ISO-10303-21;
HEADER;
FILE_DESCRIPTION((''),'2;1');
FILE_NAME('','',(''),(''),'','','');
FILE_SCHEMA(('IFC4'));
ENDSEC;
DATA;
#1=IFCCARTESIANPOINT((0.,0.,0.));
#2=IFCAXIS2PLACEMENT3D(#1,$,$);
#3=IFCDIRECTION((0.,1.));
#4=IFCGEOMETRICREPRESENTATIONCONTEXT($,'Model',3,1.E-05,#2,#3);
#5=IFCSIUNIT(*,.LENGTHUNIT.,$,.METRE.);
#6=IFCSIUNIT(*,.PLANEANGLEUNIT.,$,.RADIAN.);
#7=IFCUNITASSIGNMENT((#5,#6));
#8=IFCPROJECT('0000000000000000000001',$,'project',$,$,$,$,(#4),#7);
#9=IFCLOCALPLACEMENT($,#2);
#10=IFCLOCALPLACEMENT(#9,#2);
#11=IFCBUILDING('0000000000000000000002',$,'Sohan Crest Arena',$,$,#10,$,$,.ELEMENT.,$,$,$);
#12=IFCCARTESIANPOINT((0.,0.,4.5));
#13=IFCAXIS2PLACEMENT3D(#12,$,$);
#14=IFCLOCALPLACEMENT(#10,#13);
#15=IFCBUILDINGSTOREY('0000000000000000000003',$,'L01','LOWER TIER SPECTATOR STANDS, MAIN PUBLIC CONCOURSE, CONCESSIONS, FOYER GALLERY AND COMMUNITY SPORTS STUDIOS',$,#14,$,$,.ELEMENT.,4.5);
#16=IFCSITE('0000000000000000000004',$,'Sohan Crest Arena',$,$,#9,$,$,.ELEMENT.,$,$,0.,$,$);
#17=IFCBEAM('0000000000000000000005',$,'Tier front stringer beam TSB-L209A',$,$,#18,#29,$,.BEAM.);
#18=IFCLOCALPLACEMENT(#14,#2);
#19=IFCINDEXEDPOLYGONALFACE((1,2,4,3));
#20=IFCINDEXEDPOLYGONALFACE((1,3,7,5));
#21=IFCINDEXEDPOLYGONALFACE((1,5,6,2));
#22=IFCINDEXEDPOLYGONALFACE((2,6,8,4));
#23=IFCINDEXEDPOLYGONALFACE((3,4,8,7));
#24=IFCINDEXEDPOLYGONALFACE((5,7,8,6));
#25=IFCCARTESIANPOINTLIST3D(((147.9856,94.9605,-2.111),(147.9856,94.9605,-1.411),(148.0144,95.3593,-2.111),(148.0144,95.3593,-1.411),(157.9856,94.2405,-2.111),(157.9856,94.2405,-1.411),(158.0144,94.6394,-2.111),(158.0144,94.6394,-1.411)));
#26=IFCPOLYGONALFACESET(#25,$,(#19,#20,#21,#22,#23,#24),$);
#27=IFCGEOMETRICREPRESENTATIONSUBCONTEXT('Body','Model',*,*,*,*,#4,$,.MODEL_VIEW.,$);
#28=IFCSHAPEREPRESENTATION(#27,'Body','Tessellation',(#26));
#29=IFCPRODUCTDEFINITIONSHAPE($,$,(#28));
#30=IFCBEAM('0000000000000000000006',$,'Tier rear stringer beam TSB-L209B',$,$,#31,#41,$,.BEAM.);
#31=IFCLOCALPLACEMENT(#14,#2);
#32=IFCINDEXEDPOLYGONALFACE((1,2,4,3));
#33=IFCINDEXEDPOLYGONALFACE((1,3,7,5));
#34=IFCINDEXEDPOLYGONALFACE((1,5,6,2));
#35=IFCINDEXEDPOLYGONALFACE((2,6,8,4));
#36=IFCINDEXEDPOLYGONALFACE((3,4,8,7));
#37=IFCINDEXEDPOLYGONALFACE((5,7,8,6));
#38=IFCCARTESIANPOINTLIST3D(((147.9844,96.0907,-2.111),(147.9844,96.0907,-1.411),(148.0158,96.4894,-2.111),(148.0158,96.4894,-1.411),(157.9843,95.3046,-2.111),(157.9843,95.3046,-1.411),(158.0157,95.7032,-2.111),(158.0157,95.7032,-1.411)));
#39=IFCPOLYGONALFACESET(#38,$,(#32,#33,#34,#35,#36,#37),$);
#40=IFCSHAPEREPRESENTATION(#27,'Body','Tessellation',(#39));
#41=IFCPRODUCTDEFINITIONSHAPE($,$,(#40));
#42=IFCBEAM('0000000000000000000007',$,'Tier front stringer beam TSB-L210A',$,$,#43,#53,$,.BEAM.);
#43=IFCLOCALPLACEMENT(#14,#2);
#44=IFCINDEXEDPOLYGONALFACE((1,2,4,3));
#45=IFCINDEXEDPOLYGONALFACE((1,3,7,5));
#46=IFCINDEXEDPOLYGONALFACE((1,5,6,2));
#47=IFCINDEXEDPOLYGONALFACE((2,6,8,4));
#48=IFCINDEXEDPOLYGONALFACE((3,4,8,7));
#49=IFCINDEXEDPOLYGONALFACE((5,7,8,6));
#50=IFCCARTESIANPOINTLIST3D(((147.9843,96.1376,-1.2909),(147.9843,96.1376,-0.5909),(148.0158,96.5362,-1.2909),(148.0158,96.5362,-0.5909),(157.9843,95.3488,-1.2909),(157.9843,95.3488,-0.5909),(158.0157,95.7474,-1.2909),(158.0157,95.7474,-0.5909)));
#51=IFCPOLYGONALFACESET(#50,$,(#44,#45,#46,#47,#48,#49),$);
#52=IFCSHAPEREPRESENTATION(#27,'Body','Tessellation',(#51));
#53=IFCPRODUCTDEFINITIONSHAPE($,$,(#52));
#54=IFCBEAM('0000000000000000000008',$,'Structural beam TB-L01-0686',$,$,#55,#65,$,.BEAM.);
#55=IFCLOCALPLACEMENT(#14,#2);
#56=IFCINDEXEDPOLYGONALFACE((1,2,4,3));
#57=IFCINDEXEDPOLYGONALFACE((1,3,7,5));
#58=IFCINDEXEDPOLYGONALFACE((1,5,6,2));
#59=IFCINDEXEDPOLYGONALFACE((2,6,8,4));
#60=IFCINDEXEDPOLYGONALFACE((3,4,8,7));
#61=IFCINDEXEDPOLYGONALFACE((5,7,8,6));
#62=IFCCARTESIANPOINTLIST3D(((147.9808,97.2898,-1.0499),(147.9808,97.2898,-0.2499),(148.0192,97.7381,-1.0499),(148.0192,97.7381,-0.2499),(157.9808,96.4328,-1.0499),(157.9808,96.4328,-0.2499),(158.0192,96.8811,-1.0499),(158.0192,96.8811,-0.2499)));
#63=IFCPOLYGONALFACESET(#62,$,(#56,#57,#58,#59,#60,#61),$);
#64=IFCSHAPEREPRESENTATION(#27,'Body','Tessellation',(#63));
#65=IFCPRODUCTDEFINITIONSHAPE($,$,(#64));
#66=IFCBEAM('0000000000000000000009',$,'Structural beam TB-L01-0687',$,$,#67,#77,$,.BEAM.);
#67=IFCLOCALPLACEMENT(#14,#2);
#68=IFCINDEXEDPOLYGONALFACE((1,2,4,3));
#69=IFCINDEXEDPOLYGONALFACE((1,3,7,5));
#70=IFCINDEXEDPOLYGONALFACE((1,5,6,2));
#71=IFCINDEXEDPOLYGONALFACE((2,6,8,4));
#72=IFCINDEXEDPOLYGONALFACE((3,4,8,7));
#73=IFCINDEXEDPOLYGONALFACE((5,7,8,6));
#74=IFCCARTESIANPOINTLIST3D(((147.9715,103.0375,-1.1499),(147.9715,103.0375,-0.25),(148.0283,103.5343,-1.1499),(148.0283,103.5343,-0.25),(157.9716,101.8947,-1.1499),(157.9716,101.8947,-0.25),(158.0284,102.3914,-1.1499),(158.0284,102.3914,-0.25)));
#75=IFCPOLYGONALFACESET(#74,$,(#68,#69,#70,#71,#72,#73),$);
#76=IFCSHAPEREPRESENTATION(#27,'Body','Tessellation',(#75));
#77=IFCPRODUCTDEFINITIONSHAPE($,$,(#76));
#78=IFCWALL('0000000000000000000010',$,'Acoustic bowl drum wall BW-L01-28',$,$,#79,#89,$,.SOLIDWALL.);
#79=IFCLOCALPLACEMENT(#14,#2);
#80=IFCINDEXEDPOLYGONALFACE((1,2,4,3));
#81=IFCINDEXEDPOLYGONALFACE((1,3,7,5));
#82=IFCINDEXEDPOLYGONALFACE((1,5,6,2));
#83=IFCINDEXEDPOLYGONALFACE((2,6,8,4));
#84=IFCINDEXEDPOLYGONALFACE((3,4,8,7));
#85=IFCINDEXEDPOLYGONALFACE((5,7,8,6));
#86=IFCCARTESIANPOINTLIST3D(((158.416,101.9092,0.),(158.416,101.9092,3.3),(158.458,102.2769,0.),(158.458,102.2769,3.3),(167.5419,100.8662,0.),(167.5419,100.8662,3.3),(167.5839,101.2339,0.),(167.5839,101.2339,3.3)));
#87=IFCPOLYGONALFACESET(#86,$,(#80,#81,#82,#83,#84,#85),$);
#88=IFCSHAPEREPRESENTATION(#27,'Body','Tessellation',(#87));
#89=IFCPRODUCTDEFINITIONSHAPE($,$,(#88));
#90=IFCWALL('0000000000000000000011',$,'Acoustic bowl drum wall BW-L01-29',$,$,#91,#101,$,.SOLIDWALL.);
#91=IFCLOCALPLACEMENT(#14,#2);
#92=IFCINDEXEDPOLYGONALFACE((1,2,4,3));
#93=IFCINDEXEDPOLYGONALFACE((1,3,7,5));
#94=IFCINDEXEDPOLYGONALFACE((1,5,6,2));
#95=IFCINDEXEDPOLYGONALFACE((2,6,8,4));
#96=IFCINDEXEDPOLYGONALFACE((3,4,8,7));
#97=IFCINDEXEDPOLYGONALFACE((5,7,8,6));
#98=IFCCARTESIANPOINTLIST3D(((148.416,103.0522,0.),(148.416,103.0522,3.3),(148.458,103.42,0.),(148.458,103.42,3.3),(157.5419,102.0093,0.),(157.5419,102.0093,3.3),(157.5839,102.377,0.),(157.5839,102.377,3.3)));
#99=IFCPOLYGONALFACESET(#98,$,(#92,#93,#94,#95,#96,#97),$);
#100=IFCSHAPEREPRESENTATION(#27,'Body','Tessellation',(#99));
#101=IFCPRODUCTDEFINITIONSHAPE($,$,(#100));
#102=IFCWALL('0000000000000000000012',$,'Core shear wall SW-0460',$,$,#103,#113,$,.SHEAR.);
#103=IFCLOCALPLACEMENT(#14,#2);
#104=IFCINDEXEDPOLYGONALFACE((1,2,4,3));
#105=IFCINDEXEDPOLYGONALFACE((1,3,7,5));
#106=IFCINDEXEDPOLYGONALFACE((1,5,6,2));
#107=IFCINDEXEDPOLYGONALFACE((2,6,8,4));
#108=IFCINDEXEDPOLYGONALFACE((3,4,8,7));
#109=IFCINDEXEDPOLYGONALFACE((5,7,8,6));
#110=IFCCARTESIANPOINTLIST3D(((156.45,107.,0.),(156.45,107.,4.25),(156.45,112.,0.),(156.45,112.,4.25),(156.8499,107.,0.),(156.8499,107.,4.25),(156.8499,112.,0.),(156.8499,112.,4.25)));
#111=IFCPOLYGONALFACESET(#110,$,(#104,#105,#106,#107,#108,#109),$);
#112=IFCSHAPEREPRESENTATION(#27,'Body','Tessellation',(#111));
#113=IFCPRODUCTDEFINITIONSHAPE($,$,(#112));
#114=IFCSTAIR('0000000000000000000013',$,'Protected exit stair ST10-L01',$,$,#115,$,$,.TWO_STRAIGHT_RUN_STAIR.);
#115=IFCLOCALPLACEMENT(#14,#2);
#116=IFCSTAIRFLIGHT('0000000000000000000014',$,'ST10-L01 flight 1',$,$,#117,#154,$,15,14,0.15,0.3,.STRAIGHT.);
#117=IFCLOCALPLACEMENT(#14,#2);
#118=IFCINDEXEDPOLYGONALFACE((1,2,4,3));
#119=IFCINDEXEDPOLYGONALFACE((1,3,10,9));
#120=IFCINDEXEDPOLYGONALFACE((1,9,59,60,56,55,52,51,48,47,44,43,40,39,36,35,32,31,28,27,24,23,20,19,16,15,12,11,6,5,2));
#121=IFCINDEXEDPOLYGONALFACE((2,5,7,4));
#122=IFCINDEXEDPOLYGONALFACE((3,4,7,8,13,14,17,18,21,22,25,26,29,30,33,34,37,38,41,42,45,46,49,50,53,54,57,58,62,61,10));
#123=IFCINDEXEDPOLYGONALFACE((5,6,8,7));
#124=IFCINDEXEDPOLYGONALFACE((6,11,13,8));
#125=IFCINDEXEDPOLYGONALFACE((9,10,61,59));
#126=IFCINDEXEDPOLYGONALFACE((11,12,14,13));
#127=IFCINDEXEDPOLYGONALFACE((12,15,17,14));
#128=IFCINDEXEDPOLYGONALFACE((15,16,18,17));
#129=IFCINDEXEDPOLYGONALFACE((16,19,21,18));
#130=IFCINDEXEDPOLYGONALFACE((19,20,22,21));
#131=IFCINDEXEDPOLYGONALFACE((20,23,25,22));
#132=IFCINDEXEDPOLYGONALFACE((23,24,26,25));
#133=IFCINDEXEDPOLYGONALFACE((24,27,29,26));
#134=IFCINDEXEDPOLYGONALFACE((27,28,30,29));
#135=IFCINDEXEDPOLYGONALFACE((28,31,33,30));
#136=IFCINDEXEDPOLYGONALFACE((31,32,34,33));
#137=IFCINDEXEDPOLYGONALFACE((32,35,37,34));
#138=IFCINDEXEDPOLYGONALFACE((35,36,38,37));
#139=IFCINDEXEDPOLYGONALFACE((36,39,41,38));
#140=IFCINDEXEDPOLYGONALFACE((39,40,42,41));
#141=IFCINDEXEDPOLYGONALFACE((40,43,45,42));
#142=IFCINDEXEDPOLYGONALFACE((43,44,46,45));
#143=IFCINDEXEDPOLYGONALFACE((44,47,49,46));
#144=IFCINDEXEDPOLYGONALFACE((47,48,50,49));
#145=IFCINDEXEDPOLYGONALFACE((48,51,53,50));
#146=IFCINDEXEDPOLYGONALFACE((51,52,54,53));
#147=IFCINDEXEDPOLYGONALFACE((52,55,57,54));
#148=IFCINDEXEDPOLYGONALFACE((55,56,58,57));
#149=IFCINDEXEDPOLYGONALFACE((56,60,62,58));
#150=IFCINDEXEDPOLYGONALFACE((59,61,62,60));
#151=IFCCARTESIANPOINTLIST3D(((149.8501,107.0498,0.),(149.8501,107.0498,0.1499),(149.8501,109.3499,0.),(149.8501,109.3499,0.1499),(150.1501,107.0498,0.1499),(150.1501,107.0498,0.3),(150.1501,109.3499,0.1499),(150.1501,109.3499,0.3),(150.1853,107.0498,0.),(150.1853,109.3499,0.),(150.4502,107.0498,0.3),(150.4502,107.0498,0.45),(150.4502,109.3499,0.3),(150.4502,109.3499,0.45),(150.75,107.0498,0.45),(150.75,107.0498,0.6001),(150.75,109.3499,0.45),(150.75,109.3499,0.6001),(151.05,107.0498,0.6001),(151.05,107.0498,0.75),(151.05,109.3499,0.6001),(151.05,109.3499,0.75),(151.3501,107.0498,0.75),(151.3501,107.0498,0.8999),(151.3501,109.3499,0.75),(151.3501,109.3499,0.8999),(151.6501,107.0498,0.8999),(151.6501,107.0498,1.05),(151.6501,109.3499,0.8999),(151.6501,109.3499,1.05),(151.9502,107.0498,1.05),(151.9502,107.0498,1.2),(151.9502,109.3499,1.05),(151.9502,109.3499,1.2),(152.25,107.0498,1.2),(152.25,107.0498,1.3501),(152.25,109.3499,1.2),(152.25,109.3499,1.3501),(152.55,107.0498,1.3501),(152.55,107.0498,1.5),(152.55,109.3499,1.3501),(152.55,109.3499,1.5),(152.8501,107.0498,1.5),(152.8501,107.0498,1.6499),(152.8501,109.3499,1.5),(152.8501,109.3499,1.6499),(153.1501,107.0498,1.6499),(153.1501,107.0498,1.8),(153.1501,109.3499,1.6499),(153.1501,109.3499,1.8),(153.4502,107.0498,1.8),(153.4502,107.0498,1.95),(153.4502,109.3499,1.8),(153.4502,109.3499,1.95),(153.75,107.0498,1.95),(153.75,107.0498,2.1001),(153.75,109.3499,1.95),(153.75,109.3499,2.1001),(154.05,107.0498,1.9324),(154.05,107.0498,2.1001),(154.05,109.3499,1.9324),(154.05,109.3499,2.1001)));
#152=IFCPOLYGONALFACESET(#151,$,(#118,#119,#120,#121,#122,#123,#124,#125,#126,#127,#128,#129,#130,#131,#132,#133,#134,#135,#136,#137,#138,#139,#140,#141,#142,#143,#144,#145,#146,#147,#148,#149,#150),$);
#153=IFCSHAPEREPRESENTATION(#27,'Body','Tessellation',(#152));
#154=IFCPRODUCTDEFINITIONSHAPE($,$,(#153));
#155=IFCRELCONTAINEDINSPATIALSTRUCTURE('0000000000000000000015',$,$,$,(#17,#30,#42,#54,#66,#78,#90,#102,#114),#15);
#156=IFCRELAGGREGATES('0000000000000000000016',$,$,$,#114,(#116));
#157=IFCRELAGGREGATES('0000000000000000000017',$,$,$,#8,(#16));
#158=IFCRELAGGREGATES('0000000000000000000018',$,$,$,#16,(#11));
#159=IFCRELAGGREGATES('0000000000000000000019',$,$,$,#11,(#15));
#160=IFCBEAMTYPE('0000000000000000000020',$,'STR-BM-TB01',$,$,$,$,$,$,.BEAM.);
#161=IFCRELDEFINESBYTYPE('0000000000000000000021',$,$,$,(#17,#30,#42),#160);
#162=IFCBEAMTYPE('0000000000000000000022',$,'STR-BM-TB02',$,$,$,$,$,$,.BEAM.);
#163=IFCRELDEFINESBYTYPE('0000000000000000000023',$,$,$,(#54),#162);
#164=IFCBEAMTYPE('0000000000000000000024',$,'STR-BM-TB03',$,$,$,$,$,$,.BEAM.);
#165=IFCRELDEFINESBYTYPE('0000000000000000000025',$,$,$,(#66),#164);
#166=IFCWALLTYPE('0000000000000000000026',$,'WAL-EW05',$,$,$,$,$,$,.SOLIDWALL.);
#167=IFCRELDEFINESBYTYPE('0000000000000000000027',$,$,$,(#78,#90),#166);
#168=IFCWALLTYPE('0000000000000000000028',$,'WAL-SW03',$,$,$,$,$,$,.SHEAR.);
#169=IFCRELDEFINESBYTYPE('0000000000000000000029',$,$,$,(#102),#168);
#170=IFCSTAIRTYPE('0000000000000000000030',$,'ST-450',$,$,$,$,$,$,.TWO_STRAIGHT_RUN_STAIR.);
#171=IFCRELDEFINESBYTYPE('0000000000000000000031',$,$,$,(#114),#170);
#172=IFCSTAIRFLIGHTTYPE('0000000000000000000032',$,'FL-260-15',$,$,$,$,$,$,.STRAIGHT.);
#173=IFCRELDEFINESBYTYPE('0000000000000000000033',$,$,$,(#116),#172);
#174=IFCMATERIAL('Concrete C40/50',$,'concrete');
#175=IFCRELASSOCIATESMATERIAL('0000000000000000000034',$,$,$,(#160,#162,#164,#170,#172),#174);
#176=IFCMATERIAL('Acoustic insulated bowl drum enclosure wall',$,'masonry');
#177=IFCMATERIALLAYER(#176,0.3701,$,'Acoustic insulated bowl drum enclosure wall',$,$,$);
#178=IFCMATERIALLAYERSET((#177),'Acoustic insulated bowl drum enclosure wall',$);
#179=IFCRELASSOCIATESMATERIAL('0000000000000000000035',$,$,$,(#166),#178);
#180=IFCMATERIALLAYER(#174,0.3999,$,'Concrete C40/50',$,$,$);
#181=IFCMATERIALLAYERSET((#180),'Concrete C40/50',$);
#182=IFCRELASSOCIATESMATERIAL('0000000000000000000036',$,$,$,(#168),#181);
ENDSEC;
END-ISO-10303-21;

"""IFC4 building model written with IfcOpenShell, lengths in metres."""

from ifc_helpers import new_model, si_unit, direction, frame, frame_2d, origin, origin_2d, place, context, subcontext, project, spatial, polyline, rectangle, outline, extrude, material, layer, layer_set, material_profile, profile_set, type_object, element, aggregate, save


model = new_model("IFC4")

# Units and contexts
model_context = context("Model", 3, precision=1e-05, world=origin(), true_north=direction((0.0, 1.0)))
body_context = subcontext(model_context, "Body", "Model", "MODEL_VIEW")
ifc_project = project(units=[si_unit("LENGTHUNIT", "METRE"), si_unit("PLANEANGLEUNIT", "RADIAN")], contexts=[model_context])

# Site, building, storey
site_placement = place(None, origin())
site = spatial("IfcSite", under=ifc_project, at=site_placement, Name="Sohan Crest Arena", CompositionType="ELEMENT", RefElevation=0.0)
building_placement = place(site_placement, origin())
building = spatial("IfcBuilding", under=site, at=building_placement, Name="Sohan Crest Arena", CompositionType="ELEMENT")
storey_placement = place(building_placement, frame((0.0, 0.0, 4.5)))
storey = spatial("IfcBuildingStorey", under=building, at=storey_placement, Name="L01", Description="LOWER TIER SPECTATOR STANDS, MAIN PUBLIC CONCOURSE, CONCESSIONS, FOYER GALLERY AND COMMUNITY SPORTS STUDIOS", CompositionType="ELEMENT", Elevation=4.5)

# Shared definitions
ifc_material_1 = material(Name="Concrete C40/50", Category="concrete")

# Beams
ifc_material_profile_1 = material_profile(ifc_material_1, rectangle(XDim=0.3999, YDim=0.7, at=origin_2d()), Name="RC-BM 400x700")
ifc_profile_set_1 = profile_set([ifc_material_profile_1], Name="Concrete C40/50")
beam_type_1 = type_object("IfcBeamType", Name="STR-BM-TB01", PredefinedType="BEAM", material=ifc_profile_set_1)
beam_1_placement = place(storey_placement, frame((158.0, 94.4399, -1.761), z_axis=(-0.997418, 0.071811, 0.0), x_axis=(-0.071811, -0.997418, 0.0)))
element("IfcBeam", 1, at=beam_1_placement, inside=storey, type_object=beam_type_1, Name="Tier front stringer beam TSB-L209A", PredefinedType="BEAM", context=body_context, shape_type="SweptSolid", body=[
    extrude(rectangle(XDim=0.3999, YDim=0.7, at=origin_2d()), origin(), (0.0, 0.0, 1.0), 10.0259),
])
beam_2_placement = place(storey_placement, frame((158.0, 95.5039, -1.761), z_axis=(-0.996924, 0.078371, 0.0), x_axis=(-0.078371, -0.996924, 0.0)))
element("IfcBeam", 2, at=beam_2_placement, inside=storey, type_object=beam_type_1, Name="Tier rear stringer beam TSB-L209B", PredefinedType="BEAM", context=body_context, shape_type="SweptSolid", body=[
    extrude(rectangle(XDim=0.3999, YDim=0.7, at=origin_2d()), origin(), (0.0, 0.0, 1.0), 10.0308),
])
beam_3_placement = place(storey_placement, frame((158.0, 95.5481, -0.9409), z_axis=(-0.996903, 0.078638, 0.0), x_axis=(-0.078638, -0.996903, 0.0)))
element("IfcBeam", 3, at=beam_3_placement, inside=storey, type_object=beam_type_1, Name="Tier front stringer beam TSB-L210A", PredefinedType="BEAM", context=body_context, shape_type="SweptSolid", body=[
    extrude(rectangle(XDim=0.3999, YDim=0.7, at=origin_2d()), origin(), (0.0, 0.0, 1.0), 10.031),
])
ifc_material_profile_2 = material_profile(ifc_material_1, rectangle(XDim=0.45, YDim=0.8, at=origin_2d()), Name="RC-BM 450x800")
ifc_profile_set_2 = profile_set([ifc_material_profile_2], Name="Concrete C40/50")
beam_type_2 = type_object("IfcBeamType", Name="STR-BM-TB02", PredefinedType="BEAM", material=ifc_profile_set_2)
beam_4_placement = place(storey_placement, frame((158.0, 96.657, -0.6499), z_axis=(-0.996348, 0.08538, 0.0), x_axis=(-0.08538, -0.996348, 0.0)))
element("IfcBeam", 4, at=beam_4_placement, inside=storey, type_object=beam_type_2, Name="Structural beam TB-L01-0686", PredefinedType="BEAM", context=body_context, shape_type="SweptSolid", body=[
    extrude(rectangle(XDim=0.45, YDim=0.8, at=origin_2d()), origin(), (0.0, 0.0, 1.0), 10.0366),
])
ifc_material_profile_3 = material_profile(ifc_material_1, rectangle(XDim=0.5, YDim=0.8999, at=origin_2d()), Name="RC-BM 500x900")
ifc_profile_set_3 = profile_set([ifc_material_profile_3], Name="Concrete C40/50")
beam_type_3 = type_object("IfcBeamType", Name="STR-BM-TB03", PredefinedType="BEAM", material=ifc_profile_set_3)
beam_5_placement = place(storey_placement, frame((158.0, 102.1431, -0.7), z_axis=(-0.993533, 0.113543, 0.0), x_axis=(-0.113543, -0.993533, 0.0)))
element("IfcBeam", 5, at=beam_5_placement, inside=storey, type_object=beam_type_3, Name="Structural beam TB-L01-0687", PredefinedType="BEAM", context=body_context, shape_type="SweptSolid", body=[
    extrude(rectangle(XDim=0.5, YDim=0.8999, at=origin_2d()), origin(), (0.0, 0.0, 1.0), 10.0652),
])

# Walls
ifc_material_2 = material(Name="Acoustic insulated bowl drum enclosure wall", Category="masonry")
ifc_layer_1 = layer(ifc_material_2, 0.3701, Name="Acoustic insulated bowl drum enclosure wall")
ifc_layer_set_1 = layer_set([ifc_layer_1], Name="Acoustic insulated bowl drum enclosure wall")
wall_type_1 = type_object("IfcWallType", Name="WAL-EW05", PredefinedType="SOLIDWALL", material=ifc_layer_set_1)
for number, where, z_axis, x_axis, name in (
    (6, (167.563, 101.05, 0.0), (0.0, 0.0, 1.0), (-0.993533, 0.113547, 0.0), "Acoustic bowl drum wall BW-L01-28"),
    (7, (157.563, 102.1931, 0.0), (0.0, 0.0, 1.0), (-0.993533, 0.113547, 0.0), "Acoustic bowl drum wall BW-L01-29"),
):
    element("IfcWall", number, at=place(storey_placement, frame(where, z_axis=z_axis, x_axis=x_axis)), inside=storey, type_object=wall_type_1, Name=name, PredefinedType="SOLIDWALL", context=body_context, shape_type="SweptSolid", body=[
        extrude(rectangle(XDim=9.1853, YDim=0.3701, at=frame_2d((4.5928, 0.0))), origin(), (0.0, 0.0, 1.0), 3.3),
    ])
ifc_layer_2 = layer(ifc_material_1, 0.3999, Name="Concrete C40/50")
ifc_layer_set_2 = layer_set([ifc_layer_2], Name="Concrete C40/50")
wall_type_2 = type_object("IfcWallType", Name="WAL-SW03", PredefinedType="SHEAR", material=ifc_layer_set_2)
wall_placement = place(storey_placement, frame((156.6499, 107.0, 0.0), z_axis=(0.0, 0.0, 1.0), x_axis=(0.0, 1.0, 0.0)))
element("IfcWall", 8, at=wall_placement, inside=storey, type_object=wall_type_2, Name="Core shear wall SW-0460", PredefinedType="SHEAR", context=body_context, shape_type="SweptSolid", body=[
    extrude(rectangle(XDim=5.0, YDim=0.3999, at=frame_2d((2.5, 0.0))), origin(), (0.0, 0.0, 1.0), 4.25),
])

# Stair, stair flight
stair_type = type_object("IfcStairType", Name="ST-450", PredefinedType="TWO_STRAIGHT_RUN_STAIR", material=ifc_material_1)
stair_placement = place(storey_placement, origin())
stair = element("IfcStair", 9, at=stair_placement, inside=storey, type_object=stair_type, Name="Protected exit stair ST10-L01", PredefinedType="TWO_STRAIGHT_RUN_STAIR")
stair_flight_type = type_object("IfcStairFlightType", Name="FL-260-15", PredefinedType="STRAIGHT", material=ifc_material_1)
stair_flight_1_placement = place(storey_placement, frame((149.8501, 108.2, 0.0), z_axis=(0.0, 0.0, 1.0), x_axis=(1.0, 0.0, 0.0)))
stair_flight_1 = element("IfcStairFlight", 10, at=stair_flight_1_placement, type_object=stair_flight_type, Name="ST10-L01 flight 1", NumberOfRisers=15, NumberOfTreads=14, PredefinedType="STRAIGHT", RiserHeight=0.15, TreadLength=0.3, context=body_context, shape_type="SweptSolid", body=[
    extrude(outline(polyline([(0.0, 0.0), (0.0, 0.1499), (0.3, 0.1499), (0.3, 0.3), (0.6001, 0.3), (0.6001, 0.45), (0.8999, 0.45), (0.8999, 0.6001), (1.2, 0.6001), (1.2, 0.75), (1.5, 0.75), (1.5, 0.8999), (1.8, 0.8999), (1.8, 1.05), (2.1001, 1.05), (2.1001, 1.2), (2.3999, 1.2), (2.3999, 1.3501), (2.7, 1.3501), (2.7, 1.5), (3.0, 1.5), (3.0, 1.6499), (3.3, 1.6499), (3.3, 1.8), (3.6001, 1.8), (3.6001, 1.95), (3.8999, 1.95), (3.8999, 2.1001), (4.2, 2.1001), (4.2, 2.25), (4.2, 1.9324), (0.3352, 0.0), (0.0, 0.0)])), frame((0.0, 1.1499, 0.0), z_axis=(0.0, -1.0, 0.0), x_axis=(1.0, 0.0, 0.0)), (0.0, 0.0, 1.0), 2.3),
])
aggregate(stair, [stair_flight_1])

save(model, "model.ifc")
